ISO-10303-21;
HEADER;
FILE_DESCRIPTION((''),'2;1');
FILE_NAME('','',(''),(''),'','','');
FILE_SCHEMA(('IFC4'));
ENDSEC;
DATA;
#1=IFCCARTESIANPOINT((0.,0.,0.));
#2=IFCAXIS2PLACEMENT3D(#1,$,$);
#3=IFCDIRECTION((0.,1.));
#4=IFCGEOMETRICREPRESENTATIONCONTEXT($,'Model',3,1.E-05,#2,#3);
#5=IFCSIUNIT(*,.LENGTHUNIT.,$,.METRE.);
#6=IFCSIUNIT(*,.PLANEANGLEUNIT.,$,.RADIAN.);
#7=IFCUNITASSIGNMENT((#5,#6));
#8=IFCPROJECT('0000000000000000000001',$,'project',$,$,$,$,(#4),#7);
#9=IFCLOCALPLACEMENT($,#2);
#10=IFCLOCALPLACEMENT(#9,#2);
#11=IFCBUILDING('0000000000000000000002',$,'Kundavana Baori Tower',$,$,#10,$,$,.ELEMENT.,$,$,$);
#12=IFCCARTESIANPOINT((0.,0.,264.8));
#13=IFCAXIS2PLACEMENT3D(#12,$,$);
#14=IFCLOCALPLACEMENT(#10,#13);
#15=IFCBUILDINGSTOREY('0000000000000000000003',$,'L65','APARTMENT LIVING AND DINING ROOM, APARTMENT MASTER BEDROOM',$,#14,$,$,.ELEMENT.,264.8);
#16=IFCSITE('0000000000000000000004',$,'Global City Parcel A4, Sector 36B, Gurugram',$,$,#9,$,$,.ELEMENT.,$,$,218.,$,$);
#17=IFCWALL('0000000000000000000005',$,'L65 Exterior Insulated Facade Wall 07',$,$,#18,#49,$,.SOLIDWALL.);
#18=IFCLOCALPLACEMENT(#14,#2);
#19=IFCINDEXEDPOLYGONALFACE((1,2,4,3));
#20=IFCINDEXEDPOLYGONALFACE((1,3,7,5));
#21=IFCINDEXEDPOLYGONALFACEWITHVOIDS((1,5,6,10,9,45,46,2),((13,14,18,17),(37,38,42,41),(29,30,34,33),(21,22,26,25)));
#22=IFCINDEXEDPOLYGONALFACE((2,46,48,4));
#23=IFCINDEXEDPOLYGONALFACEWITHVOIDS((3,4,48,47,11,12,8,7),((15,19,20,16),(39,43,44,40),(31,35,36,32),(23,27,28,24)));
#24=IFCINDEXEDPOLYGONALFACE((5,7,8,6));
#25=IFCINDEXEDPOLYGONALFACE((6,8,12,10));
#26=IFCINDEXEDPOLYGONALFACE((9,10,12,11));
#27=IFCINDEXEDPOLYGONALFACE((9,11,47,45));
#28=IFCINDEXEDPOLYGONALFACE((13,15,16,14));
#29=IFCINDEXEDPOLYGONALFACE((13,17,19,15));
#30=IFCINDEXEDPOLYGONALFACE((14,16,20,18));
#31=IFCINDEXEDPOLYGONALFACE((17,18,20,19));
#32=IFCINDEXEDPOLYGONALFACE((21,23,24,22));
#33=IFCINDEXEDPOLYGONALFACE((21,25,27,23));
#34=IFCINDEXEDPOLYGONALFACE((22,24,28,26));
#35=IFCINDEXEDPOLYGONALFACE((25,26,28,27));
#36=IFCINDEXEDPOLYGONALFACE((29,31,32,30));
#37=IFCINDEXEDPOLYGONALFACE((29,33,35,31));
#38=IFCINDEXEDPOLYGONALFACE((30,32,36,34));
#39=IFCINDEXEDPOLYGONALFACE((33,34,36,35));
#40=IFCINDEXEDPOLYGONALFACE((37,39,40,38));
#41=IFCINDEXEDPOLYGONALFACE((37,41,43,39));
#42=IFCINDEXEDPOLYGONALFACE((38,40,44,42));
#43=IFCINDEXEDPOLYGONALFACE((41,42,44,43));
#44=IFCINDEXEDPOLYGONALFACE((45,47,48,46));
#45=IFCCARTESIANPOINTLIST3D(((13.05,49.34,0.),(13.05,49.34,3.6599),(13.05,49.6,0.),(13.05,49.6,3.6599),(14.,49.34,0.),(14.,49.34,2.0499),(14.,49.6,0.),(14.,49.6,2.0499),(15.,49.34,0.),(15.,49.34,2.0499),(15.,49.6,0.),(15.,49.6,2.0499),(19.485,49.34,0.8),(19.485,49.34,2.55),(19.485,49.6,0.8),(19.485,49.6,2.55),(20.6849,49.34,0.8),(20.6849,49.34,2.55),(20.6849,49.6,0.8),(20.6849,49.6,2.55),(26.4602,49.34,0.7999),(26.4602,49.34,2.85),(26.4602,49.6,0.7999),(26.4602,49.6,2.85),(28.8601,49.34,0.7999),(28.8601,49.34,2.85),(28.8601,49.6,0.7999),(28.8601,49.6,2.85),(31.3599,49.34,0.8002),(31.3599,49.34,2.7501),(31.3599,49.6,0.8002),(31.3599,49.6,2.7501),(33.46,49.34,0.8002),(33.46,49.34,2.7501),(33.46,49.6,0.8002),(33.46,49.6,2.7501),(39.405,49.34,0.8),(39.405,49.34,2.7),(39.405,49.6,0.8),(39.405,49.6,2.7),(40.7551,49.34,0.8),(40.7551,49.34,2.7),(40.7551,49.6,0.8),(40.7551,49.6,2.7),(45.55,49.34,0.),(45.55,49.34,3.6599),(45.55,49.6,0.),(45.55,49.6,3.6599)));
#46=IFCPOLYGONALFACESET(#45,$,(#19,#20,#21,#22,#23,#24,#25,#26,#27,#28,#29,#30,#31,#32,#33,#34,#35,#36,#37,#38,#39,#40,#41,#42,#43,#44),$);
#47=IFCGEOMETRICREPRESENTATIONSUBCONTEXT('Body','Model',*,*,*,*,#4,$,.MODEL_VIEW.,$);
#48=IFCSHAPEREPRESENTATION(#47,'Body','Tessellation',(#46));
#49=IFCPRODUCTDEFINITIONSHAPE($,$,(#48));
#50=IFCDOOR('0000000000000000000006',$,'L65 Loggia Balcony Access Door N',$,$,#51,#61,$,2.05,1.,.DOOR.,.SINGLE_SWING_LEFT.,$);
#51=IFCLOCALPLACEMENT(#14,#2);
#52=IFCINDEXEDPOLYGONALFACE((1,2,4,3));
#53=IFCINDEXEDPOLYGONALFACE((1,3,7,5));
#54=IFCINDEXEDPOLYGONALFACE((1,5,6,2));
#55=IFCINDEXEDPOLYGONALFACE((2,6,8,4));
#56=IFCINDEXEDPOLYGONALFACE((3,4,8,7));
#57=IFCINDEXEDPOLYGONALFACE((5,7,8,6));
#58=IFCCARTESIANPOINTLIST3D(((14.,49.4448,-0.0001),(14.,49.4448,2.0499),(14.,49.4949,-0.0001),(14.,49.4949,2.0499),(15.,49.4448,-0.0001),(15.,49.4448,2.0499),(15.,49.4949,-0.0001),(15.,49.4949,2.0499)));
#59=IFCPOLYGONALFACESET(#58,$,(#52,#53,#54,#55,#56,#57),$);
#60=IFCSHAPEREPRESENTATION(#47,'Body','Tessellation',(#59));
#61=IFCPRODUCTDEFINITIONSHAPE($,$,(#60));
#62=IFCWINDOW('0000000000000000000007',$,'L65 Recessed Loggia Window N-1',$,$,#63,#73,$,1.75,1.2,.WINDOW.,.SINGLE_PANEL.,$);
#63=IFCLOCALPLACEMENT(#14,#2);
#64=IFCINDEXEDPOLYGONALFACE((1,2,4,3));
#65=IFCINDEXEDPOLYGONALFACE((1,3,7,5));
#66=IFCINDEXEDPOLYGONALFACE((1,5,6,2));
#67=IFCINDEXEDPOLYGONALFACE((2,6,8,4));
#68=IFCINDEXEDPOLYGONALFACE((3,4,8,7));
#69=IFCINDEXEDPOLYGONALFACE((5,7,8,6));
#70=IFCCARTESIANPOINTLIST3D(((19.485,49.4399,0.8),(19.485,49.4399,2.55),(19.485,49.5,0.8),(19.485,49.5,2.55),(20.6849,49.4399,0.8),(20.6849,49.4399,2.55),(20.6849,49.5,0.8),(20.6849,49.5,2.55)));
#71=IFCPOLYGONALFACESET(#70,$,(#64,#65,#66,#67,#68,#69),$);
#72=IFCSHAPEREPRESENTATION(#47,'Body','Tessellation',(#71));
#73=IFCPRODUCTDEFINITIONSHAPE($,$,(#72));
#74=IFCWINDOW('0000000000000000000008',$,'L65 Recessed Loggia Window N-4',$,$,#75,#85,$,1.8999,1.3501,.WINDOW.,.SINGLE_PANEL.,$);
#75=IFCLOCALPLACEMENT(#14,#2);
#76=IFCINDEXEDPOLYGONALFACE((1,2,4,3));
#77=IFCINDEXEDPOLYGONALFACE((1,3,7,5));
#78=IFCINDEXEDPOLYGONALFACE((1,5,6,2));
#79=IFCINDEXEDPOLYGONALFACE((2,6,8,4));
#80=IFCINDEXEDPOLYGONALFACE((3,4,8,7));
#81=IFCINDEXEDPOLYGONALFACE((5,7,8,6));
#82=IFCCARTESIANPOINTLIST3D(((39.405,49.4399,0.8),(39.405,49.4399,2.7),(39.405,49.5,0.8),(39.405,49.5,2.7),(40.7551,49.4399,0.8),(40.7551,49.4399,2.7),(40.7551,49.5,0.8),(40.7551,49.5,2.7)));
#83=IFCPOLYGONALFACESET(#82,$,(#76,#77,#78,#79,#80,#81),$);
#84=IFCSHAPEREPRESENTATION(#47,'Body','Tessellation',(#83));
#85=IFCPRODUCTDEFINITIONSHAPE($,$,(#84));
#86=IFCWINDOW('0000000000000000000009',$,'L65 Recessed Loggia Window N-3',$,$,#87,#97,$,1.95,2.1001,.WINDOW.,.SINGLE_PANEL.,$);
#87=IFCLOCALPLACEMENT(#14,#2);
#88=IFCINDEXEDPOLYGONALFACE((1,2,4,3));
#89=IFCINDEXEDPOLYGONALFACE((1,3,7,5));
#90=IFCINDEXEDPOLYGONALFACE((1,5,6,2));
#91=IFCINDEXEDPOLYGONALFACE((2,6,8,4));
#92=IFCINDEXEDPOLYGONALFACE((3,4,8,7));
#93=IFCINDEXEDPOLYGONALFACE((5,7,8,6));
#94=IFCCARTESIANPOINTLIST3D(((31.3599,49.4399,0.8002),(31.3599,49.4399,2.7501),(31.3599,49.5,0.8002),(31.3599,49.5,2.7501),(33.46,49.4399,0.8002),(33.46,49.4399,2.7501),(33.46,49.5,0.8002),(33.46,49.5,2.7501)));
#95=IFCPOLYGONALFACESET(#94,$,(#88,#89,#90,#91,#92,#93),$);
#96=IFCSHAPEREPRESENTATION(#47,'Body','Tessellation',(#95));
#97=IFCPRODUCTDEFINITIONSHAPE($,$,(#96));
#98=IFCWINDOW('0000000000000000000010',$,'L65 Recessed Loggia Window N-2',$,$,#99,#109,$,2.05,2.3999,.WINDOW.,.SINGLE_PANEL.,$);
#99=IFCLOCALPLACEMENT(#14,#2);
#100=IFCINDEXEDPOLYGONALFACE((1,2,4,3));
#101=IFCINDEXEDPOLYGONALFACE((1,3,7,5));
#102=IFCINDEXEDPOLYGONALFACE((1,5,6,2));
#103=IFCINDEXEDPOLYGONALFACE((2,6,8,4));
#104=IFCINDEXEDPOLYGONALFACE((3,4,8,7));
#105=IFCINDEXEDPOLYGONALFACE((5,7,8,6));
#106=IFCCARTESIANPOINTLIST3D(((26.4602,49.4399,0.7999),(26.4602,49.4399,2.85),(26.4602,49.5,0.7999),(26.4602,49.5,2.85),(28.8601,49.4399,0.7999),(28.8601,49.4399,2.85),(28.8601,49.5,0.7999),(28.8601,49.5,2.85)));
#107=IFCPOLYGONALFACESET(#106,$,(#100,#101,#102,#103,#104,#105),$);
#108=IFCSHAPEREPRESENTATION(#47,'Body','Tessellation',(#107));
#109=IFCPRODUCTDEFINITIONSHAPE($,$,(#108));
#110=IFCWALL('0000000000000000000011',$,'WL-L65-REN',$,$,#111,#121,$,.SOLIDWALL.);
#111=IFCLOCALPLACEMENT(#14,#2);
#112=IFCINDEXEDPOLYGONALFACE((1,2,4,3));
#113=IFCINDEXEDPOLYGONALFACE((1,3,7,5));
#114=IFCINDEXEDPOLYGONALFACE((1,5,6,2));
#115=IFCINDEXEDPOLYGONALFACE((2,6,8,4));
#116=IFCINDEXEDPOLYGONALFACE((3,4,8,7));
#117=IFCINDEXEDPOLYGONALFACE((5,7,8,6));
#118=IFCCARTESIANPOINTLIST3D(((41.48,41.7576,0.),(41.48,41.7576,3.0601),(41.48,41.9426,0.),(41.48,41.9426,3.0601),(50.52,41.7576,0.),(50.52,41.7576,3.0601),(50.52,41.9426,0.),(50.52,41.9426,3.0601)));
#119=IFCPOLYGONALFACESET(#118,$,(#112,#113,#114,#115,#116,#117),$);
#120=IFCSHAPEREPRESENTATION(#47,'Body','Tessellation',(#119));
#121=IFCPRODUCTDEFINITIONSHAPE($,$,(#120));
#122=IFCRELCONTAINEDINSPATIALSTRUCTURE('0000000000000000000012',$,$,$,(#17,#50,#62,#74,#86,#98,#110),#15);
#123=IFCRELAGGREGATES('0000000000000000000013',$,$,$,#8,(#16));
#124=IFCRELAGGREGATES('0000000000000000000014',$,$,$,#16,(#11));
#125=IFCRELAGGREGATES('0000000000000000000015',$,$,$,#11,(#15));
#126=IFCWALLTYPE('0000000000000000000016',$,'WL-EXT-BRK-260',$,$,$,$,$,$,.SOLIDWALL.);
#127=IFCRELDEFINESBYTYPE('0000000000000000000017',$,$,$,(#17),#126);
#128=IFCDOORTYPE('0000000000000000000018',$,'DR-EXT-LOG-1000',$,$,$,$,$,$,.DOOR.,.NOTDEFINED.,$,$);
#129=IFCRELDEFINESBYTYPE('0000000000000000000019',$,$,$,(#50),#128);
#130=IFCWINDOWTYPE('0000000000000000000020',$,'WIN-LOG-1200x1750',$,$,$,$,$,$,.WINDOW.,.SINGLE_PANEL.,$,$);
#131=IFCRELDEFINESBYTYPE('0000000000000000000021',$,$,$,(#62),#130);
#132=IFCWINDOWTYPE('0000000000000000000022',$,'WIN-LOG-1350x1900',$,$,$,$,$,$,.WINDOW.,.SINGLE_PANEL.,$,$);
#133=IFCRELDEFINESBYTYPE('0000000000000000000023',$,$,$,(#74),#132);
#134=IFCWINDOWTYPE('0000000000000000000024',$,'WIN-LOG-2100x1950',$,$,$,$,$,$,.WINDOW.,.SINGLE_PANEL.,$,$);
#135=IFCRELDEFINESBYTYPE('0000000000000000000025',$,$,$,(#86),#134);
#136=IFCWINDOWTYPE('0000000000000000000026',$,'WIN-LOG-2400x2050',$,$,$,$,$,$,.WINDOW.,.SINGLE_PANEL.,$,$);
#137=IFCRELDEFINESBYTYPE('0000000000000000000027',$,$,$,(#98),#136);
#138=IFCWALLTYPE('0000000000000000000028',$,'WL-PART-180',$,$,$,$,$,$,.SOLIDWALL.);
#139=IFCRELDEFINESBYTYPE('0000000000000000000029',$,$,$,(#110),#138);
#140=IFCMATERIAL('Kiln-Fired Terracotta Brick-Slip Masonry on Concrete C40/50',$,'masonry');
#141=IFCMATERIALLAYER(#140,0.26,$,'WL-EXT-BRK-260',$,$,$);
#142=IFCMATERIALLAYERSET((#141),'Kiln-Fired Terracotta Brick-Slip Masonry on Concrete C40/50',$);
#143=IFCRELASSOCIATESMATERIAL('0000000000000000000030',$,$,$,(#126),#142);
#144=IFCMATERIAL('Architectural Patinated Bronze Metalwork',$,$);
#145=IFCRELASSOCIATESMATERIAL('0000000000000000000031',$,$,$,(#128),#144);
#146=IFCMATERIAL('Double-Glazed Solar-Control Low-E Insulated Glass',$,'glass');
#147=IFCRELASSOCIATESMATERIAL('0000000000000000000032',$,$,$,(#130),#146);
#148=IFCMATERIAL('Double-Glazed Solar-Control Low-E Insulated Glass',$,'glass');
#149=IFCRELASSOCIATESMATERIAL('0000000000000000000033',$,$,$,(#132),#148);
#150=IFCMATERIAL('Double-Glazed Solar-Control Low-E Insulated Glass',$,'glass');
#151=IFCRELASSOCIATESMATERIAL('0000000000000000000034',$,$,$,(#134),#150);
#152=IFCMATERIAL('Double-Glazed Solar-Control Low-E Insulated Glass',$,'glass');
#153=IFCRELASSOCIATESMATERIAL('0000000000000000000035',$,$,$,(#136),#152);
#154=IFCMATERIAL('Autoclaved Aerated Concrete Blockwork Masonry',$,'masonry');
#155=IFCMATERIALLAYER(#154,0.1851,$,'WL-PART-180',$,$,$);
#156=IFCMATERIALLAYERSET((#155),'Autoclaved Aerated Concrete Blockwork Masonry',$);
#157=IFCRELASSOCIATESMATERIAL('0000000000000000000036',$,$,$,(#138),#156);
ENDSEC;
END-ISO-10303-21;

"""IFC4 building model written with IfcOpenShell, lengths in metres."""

from ifc_helpers import new_model, si_unit, direction, frame, frame_2d, origin, place, context, subcontext, project, spatial, rectangle, extrude, material, layer, layer_set, type_object, element, fill, save


model = new_model("IFC4")

# Units and contexts
model_context = context("Model", 3, precision=1e-05, world=origin(), true_north=direction((0.0, 1.0)))
body_context = subcontext(model_context, "Body", "Model", "MODEL_VIEW")
ifc_project = project(units=[si_unit("LENGTHUNIT", "METRE"), si_unit("PLANEANGLEUNIT", "RADIAN")], contexts=[model_context])

# Site, building, storey
site_placement = place(None, origin())
site = spatial("IfcSite", under=ifc_project, at=site_placement, Name="Global City Parcel A4, Sector 36B, Gurugram", CompositionType="ELEMENT", RefElevation=218.0)
building_placement = place(site_placement, origin())
building = spatial("IfcBuilding", under=site, at=building_placement, Name="Kundavana Baori Tower", CompositionType="ELEMENT")
storey_placement = place(building_placement, frame((0.0, 0.0, 264.8)))
storey = spatial("IfcBuildingStorey", under=building, at=storey_placement, Name="L65", Description="APARTMENT LIVING AND DINING ROOM, APARTMENT MASTER BEDROOM", CompositionType="ELEMENT", Elevation=264.8)

# Shared definitions
ifc_material_1 = material(Name="Kiln-Fired Terracotta Brick-Slip Masonry on Concrete C40/50", Category="masonry")
ifc_layer_1 = layer(ifc_material_1, 0.26, Name="WL-EXT-BRK-260")
ifc_layer_set_1 = layer_set([ifc_layer_1], Name="Kiln-Fired Terracotta Brick-Slip Masonry on Concrete C40/50")
wall_type_1 = type_object("IfcWallType", Name="WL-EXT-BRK-260", PredefinedType="SOLIDWALL", material=ifc_layer_set_1)

# Wall, openings, door, windows
wall_1_placement = place(storey_placement, frame((45.55, 49.47, 0.0), z_axis=(0.0, 0.0, 1.0), x_axis=(-1.0, 0.0, 0.0)))
wall_1 = element("IfcWall", 1, at=wall_1_placement, inside=storey, type_object=wall_type_1, Name="L65 Exterior Insulated Facade Wall 07", PredefinedType="SOLIDWALL", context=body_context, shape_type="SweptSolid", body=[
    extrude(rectangle(XDim=32.5, YDim=0.26, at=frame_2d((16.25, 0.0))), origin(), (0.0, 0.0, 1.0), 3.6599),
])
opening_1_placement = place(wall_1_placement, frame((30.55, 0.0, 0.0)))
opening_1 = element("IfcOpeningElement", 2, at=opening_1_placement, cuts=wall_1, PredefinedType="OPENING", context=body_context, shape_type="SweptSolid", body=[
    extrude(rectangle(XDim=1.0, YDim=2.05, at=frame_2d((0.5, 1.0249))), frame((0.0, 0.1401, 0.0), z_axis=(0.0, -1.0, 0.0), x_axis=(1.0, 0.0, 0.0)), (0.0, 0.0, 1.0), 0.28),
])
opening_2_placement = place(wall_1_placement, frame((24.865, 0.0, 0.8)))
opening_2 = element("IfcOpeningElement", 3, at=opening_2_placement, cuts=wall_1, PredefinedType="OPENING", context=body_context, shape_type="SweptSolid", body=[
    extrude(rectangle(XDim=1.2, YDim=1.75, at=frame_2d((0.6001, 0.875))), frame((0.0, 0.1401, 0.0), z_axis=(0.0, -1.0, 0.0), x_axis=(1.0, 0.0, 0.0)), (0.0, 0.0, 1.0), 0.28),
])
opening_3_placement = place(wall_1_placement, frame((16.6899, 0.0, 0.8)))
opening_3 = element("IfcOpeningElement", 4, at=opening_3_placement, cuts=wall_1, PredefinedType="OPENING", context=body_context, shape_type="SweptSolid", body=[
    extrude(rectangle(XDim=2.3999, YDim=2.05, at=frame_2d((1.2, 1.0249))), frame((0.0, 0.1401, 0.0), z_axis=(0.0, -1.0, 0.0), x_axis=(1.0, 0.0, 0.0)), (0.0, 0.0, 1.0), 0.28),
])
opening_4_placement = place(wall_1_placement, frame((12.0901, 0.0, 0.8)))
opening_4 = element("IfcOpeningElement", 5, at=opening_4_placement, cuts=wall_1, PredefinedType="OPENING", context=body_context, shape_type="SweptSolid", body=[
    extrude(rectangle(XDim=2.1001, YDim=1.95, at=frame_2d((1.05, 0.9751))), frame((0.0, 0.1401, 0.0), z_axis=(0.0, -1.0, 0.0), x_axis=(1.0, 0.0, 0.0)), (0.0, 0.0, 1.0), 0.28),
])
opening_5_placement = place(wall_1_placement, frame((4.7949, 0.0, 0.8)))
opening_5 = element("IfcOpeningElement", 6, at=opening_5_placement, cuts=wall_1, PredefinedType="OPENING", context=body_context, shape_type="SweptSolid", body=[
    extrude(rectangle(XDim=1.3501, YDim=1.8999, at=frame_2d((0.675, 0.95))), frame((0.0, 0.1401, 0.0), z_axis=(0.0, -1.0, 0.0), x_axis=(1.0, 0.0, 0.0)), (0.0, 0.0, 1.0), 0.28),
])
ifc_material_2 = material(Name="Architectural Patinated Bronze Metalwork")
door_type_1 = type_object("IfcDoorType", Name="DR-EXT-LOG-1000", OperationType="NOTDEFINED", PredefinedType="DOOR", material=ifc_material_2)
door_1_placement = place(opening_1_placement, frame((1.0, 0.0, 0.0), z_axis=(0.0, 0.0, 1.0), x_axis=(-1.0, 0.0, 0.0)))
door_1 = element("IfcDoor", 7, at=door_1_placement, inside=storey, type_object=door_type_1, Name="L65 Loggia Balcony Access Door N", OperationType="SINGLE_SWING_LEFT", OverallHeight=2.05, OverallWidth=1.0, PredefinedType="DOOR", context=body_context, shape_type="SweptSolid", body=[
    extrude(rectangle(XDim=1.0, YDim=2.05, at=frame_2d((0.5, 1.0249))), frame((0.0, 0.0249, 0.0), z_axis=(0.0, -1.0, 0.0), x_axis=(1.0, 0.0, 0.0)), (0.0, 0.0, 1.0), 0.05),
])
fill(opening_1, door_1)
ifc_material_3 = material(Name="Double-Glazed Solar-Control Low-E Insulated Glass", Category="glass")
window_type_1 = type_object("IfcWindowType", Name="WIN-LOG-1200x1750", PartitioningType="SINGLE_PANEL", PredefinedType="WINDOW", material=ifc_material_3)
window_1_placement = place(opening_2_placement, origin())
window_1 = element("IfcWindow", 8, at=window_1_placement, inside=storey, type_object=window_type_1, Name="L65 Recessed Loggia Window N-1", OverallHeight=1.75, OverallWidth=1.2, PartitioningType="SINGLE_PANEL", PredefinedType="WINDOW", context=body_context, shape_type="SweptSolid", body=[
    extrude(rectangle(XDim=1.2, YDim=1.75, at=frame_2d((0.6001, 0.875))), frame((0.0, 0.03, 0.0), z_axis=(0.0, -1.0, 0.0), x_axis=(1.0, 0.0, 0.0)), (0.0, 0.0, 1.0), 0.0601),
])
fill(opening_2, window_1)
ifc_material_4 = material(Name="Double-Glazed Solar-Control Low-E Insulated Glass", Category="glass")
window_type_2 = type_object("IfcWindowType", Name="WIN-LOG-1350x1900", PartitioningType="SINGLE_PANEL", PredefinedType="WINDOW", material=ifc_material_4)
window_2_placement = place(opening_5_placement, origin())
window_2 = element("IfcWindow", 9, at=window_2_placement, inside=storey, type_object=window_type_2, Name="L65 Recessed Loggia Window N-4", OverallHeight=1.8999, OverallWidth=1.3501, PartitioningType="SINGLE_PANEL", PredefinedType="WINDOW", context=body_context, shape_type="SweptSolid", body=[
    extrude(rectangle(XDim=1.3501, YDim=1.8999, at=frame_2d((0.675, 0.95))), frame((0.0, 0.03, 0.0), z_axis=(0.0, -1.0, 0.0), x_axis=(1.0, 0.0, 0.0)), (0.0, 0.0, 1.0), 0.0601),
])
fill(opening_5, window_2)
ifc_material_5 = material(Name="Double-Glazed Solar-Control Low-E Insulated Glass", Category="glass")
window_type_3 = type_object("IfcWindowType", Name="WIN-LOG-2100x1950", PartitioningType="SINGLE_PANEL", PredefinedType="WINDOW", material=ifc_material_5)
window_3_placement = place(opening_4_placement, origin())
window_3 = element("IfcWindow", 10, at=window_3_placement, inside=storey, type_object=window_type_3, Name="L65 Recessed Loggia Window N-3", OverallHeight=1.95, OverallWidth=2.1001, PartitioningType="SINGLE_PANEL", PredefinedType="WINDOW", context=body_context, shape_type="SweptSolid", body=[
    extrude(rectangle(XDim=2.1001, YDim=1.95, at=frame_2d((1.05, 0.9751))), frame((0.0, 0.03, 0.0), z_axis=(0.0, -1.0, 0.0), x_axis=(1.0, 0.0, 0.0)), (0.0, 0.0, 1.0), 0.0601),
])
fill(opening_4, window_3)
ifc_material_6 = material(Name="Double-Glazed Solar-Control Low-E Insulated Glass", Category="glass")
window_type_4 = type_object("IfcWindowType", Name="WIN-LOG-2400x2050", PartitioningType="SINGLE_PANEL", PredefinedType="WINDOW", material=ifc_material_6)
window_4_placement = place(opening_3_placement, origin())
window_4 = element("IfcWindow", 11, at=window_4_placement, inside=storey, type_object=window_type_4, Name="L65 Recessed Loggia Window N-2", OverallHeight=2.05, OverallWidth=2.3999, PartitioningType="SINGLE_PANEL", PredefinedType="WINDOW", context=body_context, shape_type="SweptSolid", body=[
    extrude(rectangle(XDim=2.3999, YDim=2.05, at=frame_2d((1.2, 1.0249))), frame((0.0, 0.03, 0.0), z_axis=(0.0, -1.0, 0.0), x_axis=(1.0, 0.0, 0.0)), (0.0, 0.0, 1.0), 0.0601),
])
fill(opening_3, window_4)

# Wall
ifc_material_7 = material(Name="Autoclaved Aerated Concrete Blockwork Masonry", Category="masonry")
ifc_layer_2 = layer(ifc_material_7, 0.1851, Name="WL-PART-180")
ifc_layer_set_2 = layer_set([ifc_layer_2], Name="Autoclaved Aerated Concrete Blockwork Masonry")
wall_type_2 = type_object("IfcWallType", Name="WL-PART-180", PredefinedType="SOLIDWALL", material=ifc_layer_set_2)
wall_2_placement = place(storey_placement, frame((41.48, 41.8501, 0.0), z_axis=(0.0, 0.0, 1.0), x_axis=(1.0, 0.0, 0.0)))
element("IfcWall", 12, at=wall_2_placement, inside=storey, type_object=wall_type_2, Name="WL-L65-REN", PredefinedType="SOLIDWALL", context=body_context, shape_type="SweptSolid", body=[
    extrude(rectangle(XDim=9.04, YDim=0.1851, at=frame_2d((4.52, 0.0))), origin(), (0.0, 0.0, 1.0), 3.0601),
])

save(model, "model.ifc")
